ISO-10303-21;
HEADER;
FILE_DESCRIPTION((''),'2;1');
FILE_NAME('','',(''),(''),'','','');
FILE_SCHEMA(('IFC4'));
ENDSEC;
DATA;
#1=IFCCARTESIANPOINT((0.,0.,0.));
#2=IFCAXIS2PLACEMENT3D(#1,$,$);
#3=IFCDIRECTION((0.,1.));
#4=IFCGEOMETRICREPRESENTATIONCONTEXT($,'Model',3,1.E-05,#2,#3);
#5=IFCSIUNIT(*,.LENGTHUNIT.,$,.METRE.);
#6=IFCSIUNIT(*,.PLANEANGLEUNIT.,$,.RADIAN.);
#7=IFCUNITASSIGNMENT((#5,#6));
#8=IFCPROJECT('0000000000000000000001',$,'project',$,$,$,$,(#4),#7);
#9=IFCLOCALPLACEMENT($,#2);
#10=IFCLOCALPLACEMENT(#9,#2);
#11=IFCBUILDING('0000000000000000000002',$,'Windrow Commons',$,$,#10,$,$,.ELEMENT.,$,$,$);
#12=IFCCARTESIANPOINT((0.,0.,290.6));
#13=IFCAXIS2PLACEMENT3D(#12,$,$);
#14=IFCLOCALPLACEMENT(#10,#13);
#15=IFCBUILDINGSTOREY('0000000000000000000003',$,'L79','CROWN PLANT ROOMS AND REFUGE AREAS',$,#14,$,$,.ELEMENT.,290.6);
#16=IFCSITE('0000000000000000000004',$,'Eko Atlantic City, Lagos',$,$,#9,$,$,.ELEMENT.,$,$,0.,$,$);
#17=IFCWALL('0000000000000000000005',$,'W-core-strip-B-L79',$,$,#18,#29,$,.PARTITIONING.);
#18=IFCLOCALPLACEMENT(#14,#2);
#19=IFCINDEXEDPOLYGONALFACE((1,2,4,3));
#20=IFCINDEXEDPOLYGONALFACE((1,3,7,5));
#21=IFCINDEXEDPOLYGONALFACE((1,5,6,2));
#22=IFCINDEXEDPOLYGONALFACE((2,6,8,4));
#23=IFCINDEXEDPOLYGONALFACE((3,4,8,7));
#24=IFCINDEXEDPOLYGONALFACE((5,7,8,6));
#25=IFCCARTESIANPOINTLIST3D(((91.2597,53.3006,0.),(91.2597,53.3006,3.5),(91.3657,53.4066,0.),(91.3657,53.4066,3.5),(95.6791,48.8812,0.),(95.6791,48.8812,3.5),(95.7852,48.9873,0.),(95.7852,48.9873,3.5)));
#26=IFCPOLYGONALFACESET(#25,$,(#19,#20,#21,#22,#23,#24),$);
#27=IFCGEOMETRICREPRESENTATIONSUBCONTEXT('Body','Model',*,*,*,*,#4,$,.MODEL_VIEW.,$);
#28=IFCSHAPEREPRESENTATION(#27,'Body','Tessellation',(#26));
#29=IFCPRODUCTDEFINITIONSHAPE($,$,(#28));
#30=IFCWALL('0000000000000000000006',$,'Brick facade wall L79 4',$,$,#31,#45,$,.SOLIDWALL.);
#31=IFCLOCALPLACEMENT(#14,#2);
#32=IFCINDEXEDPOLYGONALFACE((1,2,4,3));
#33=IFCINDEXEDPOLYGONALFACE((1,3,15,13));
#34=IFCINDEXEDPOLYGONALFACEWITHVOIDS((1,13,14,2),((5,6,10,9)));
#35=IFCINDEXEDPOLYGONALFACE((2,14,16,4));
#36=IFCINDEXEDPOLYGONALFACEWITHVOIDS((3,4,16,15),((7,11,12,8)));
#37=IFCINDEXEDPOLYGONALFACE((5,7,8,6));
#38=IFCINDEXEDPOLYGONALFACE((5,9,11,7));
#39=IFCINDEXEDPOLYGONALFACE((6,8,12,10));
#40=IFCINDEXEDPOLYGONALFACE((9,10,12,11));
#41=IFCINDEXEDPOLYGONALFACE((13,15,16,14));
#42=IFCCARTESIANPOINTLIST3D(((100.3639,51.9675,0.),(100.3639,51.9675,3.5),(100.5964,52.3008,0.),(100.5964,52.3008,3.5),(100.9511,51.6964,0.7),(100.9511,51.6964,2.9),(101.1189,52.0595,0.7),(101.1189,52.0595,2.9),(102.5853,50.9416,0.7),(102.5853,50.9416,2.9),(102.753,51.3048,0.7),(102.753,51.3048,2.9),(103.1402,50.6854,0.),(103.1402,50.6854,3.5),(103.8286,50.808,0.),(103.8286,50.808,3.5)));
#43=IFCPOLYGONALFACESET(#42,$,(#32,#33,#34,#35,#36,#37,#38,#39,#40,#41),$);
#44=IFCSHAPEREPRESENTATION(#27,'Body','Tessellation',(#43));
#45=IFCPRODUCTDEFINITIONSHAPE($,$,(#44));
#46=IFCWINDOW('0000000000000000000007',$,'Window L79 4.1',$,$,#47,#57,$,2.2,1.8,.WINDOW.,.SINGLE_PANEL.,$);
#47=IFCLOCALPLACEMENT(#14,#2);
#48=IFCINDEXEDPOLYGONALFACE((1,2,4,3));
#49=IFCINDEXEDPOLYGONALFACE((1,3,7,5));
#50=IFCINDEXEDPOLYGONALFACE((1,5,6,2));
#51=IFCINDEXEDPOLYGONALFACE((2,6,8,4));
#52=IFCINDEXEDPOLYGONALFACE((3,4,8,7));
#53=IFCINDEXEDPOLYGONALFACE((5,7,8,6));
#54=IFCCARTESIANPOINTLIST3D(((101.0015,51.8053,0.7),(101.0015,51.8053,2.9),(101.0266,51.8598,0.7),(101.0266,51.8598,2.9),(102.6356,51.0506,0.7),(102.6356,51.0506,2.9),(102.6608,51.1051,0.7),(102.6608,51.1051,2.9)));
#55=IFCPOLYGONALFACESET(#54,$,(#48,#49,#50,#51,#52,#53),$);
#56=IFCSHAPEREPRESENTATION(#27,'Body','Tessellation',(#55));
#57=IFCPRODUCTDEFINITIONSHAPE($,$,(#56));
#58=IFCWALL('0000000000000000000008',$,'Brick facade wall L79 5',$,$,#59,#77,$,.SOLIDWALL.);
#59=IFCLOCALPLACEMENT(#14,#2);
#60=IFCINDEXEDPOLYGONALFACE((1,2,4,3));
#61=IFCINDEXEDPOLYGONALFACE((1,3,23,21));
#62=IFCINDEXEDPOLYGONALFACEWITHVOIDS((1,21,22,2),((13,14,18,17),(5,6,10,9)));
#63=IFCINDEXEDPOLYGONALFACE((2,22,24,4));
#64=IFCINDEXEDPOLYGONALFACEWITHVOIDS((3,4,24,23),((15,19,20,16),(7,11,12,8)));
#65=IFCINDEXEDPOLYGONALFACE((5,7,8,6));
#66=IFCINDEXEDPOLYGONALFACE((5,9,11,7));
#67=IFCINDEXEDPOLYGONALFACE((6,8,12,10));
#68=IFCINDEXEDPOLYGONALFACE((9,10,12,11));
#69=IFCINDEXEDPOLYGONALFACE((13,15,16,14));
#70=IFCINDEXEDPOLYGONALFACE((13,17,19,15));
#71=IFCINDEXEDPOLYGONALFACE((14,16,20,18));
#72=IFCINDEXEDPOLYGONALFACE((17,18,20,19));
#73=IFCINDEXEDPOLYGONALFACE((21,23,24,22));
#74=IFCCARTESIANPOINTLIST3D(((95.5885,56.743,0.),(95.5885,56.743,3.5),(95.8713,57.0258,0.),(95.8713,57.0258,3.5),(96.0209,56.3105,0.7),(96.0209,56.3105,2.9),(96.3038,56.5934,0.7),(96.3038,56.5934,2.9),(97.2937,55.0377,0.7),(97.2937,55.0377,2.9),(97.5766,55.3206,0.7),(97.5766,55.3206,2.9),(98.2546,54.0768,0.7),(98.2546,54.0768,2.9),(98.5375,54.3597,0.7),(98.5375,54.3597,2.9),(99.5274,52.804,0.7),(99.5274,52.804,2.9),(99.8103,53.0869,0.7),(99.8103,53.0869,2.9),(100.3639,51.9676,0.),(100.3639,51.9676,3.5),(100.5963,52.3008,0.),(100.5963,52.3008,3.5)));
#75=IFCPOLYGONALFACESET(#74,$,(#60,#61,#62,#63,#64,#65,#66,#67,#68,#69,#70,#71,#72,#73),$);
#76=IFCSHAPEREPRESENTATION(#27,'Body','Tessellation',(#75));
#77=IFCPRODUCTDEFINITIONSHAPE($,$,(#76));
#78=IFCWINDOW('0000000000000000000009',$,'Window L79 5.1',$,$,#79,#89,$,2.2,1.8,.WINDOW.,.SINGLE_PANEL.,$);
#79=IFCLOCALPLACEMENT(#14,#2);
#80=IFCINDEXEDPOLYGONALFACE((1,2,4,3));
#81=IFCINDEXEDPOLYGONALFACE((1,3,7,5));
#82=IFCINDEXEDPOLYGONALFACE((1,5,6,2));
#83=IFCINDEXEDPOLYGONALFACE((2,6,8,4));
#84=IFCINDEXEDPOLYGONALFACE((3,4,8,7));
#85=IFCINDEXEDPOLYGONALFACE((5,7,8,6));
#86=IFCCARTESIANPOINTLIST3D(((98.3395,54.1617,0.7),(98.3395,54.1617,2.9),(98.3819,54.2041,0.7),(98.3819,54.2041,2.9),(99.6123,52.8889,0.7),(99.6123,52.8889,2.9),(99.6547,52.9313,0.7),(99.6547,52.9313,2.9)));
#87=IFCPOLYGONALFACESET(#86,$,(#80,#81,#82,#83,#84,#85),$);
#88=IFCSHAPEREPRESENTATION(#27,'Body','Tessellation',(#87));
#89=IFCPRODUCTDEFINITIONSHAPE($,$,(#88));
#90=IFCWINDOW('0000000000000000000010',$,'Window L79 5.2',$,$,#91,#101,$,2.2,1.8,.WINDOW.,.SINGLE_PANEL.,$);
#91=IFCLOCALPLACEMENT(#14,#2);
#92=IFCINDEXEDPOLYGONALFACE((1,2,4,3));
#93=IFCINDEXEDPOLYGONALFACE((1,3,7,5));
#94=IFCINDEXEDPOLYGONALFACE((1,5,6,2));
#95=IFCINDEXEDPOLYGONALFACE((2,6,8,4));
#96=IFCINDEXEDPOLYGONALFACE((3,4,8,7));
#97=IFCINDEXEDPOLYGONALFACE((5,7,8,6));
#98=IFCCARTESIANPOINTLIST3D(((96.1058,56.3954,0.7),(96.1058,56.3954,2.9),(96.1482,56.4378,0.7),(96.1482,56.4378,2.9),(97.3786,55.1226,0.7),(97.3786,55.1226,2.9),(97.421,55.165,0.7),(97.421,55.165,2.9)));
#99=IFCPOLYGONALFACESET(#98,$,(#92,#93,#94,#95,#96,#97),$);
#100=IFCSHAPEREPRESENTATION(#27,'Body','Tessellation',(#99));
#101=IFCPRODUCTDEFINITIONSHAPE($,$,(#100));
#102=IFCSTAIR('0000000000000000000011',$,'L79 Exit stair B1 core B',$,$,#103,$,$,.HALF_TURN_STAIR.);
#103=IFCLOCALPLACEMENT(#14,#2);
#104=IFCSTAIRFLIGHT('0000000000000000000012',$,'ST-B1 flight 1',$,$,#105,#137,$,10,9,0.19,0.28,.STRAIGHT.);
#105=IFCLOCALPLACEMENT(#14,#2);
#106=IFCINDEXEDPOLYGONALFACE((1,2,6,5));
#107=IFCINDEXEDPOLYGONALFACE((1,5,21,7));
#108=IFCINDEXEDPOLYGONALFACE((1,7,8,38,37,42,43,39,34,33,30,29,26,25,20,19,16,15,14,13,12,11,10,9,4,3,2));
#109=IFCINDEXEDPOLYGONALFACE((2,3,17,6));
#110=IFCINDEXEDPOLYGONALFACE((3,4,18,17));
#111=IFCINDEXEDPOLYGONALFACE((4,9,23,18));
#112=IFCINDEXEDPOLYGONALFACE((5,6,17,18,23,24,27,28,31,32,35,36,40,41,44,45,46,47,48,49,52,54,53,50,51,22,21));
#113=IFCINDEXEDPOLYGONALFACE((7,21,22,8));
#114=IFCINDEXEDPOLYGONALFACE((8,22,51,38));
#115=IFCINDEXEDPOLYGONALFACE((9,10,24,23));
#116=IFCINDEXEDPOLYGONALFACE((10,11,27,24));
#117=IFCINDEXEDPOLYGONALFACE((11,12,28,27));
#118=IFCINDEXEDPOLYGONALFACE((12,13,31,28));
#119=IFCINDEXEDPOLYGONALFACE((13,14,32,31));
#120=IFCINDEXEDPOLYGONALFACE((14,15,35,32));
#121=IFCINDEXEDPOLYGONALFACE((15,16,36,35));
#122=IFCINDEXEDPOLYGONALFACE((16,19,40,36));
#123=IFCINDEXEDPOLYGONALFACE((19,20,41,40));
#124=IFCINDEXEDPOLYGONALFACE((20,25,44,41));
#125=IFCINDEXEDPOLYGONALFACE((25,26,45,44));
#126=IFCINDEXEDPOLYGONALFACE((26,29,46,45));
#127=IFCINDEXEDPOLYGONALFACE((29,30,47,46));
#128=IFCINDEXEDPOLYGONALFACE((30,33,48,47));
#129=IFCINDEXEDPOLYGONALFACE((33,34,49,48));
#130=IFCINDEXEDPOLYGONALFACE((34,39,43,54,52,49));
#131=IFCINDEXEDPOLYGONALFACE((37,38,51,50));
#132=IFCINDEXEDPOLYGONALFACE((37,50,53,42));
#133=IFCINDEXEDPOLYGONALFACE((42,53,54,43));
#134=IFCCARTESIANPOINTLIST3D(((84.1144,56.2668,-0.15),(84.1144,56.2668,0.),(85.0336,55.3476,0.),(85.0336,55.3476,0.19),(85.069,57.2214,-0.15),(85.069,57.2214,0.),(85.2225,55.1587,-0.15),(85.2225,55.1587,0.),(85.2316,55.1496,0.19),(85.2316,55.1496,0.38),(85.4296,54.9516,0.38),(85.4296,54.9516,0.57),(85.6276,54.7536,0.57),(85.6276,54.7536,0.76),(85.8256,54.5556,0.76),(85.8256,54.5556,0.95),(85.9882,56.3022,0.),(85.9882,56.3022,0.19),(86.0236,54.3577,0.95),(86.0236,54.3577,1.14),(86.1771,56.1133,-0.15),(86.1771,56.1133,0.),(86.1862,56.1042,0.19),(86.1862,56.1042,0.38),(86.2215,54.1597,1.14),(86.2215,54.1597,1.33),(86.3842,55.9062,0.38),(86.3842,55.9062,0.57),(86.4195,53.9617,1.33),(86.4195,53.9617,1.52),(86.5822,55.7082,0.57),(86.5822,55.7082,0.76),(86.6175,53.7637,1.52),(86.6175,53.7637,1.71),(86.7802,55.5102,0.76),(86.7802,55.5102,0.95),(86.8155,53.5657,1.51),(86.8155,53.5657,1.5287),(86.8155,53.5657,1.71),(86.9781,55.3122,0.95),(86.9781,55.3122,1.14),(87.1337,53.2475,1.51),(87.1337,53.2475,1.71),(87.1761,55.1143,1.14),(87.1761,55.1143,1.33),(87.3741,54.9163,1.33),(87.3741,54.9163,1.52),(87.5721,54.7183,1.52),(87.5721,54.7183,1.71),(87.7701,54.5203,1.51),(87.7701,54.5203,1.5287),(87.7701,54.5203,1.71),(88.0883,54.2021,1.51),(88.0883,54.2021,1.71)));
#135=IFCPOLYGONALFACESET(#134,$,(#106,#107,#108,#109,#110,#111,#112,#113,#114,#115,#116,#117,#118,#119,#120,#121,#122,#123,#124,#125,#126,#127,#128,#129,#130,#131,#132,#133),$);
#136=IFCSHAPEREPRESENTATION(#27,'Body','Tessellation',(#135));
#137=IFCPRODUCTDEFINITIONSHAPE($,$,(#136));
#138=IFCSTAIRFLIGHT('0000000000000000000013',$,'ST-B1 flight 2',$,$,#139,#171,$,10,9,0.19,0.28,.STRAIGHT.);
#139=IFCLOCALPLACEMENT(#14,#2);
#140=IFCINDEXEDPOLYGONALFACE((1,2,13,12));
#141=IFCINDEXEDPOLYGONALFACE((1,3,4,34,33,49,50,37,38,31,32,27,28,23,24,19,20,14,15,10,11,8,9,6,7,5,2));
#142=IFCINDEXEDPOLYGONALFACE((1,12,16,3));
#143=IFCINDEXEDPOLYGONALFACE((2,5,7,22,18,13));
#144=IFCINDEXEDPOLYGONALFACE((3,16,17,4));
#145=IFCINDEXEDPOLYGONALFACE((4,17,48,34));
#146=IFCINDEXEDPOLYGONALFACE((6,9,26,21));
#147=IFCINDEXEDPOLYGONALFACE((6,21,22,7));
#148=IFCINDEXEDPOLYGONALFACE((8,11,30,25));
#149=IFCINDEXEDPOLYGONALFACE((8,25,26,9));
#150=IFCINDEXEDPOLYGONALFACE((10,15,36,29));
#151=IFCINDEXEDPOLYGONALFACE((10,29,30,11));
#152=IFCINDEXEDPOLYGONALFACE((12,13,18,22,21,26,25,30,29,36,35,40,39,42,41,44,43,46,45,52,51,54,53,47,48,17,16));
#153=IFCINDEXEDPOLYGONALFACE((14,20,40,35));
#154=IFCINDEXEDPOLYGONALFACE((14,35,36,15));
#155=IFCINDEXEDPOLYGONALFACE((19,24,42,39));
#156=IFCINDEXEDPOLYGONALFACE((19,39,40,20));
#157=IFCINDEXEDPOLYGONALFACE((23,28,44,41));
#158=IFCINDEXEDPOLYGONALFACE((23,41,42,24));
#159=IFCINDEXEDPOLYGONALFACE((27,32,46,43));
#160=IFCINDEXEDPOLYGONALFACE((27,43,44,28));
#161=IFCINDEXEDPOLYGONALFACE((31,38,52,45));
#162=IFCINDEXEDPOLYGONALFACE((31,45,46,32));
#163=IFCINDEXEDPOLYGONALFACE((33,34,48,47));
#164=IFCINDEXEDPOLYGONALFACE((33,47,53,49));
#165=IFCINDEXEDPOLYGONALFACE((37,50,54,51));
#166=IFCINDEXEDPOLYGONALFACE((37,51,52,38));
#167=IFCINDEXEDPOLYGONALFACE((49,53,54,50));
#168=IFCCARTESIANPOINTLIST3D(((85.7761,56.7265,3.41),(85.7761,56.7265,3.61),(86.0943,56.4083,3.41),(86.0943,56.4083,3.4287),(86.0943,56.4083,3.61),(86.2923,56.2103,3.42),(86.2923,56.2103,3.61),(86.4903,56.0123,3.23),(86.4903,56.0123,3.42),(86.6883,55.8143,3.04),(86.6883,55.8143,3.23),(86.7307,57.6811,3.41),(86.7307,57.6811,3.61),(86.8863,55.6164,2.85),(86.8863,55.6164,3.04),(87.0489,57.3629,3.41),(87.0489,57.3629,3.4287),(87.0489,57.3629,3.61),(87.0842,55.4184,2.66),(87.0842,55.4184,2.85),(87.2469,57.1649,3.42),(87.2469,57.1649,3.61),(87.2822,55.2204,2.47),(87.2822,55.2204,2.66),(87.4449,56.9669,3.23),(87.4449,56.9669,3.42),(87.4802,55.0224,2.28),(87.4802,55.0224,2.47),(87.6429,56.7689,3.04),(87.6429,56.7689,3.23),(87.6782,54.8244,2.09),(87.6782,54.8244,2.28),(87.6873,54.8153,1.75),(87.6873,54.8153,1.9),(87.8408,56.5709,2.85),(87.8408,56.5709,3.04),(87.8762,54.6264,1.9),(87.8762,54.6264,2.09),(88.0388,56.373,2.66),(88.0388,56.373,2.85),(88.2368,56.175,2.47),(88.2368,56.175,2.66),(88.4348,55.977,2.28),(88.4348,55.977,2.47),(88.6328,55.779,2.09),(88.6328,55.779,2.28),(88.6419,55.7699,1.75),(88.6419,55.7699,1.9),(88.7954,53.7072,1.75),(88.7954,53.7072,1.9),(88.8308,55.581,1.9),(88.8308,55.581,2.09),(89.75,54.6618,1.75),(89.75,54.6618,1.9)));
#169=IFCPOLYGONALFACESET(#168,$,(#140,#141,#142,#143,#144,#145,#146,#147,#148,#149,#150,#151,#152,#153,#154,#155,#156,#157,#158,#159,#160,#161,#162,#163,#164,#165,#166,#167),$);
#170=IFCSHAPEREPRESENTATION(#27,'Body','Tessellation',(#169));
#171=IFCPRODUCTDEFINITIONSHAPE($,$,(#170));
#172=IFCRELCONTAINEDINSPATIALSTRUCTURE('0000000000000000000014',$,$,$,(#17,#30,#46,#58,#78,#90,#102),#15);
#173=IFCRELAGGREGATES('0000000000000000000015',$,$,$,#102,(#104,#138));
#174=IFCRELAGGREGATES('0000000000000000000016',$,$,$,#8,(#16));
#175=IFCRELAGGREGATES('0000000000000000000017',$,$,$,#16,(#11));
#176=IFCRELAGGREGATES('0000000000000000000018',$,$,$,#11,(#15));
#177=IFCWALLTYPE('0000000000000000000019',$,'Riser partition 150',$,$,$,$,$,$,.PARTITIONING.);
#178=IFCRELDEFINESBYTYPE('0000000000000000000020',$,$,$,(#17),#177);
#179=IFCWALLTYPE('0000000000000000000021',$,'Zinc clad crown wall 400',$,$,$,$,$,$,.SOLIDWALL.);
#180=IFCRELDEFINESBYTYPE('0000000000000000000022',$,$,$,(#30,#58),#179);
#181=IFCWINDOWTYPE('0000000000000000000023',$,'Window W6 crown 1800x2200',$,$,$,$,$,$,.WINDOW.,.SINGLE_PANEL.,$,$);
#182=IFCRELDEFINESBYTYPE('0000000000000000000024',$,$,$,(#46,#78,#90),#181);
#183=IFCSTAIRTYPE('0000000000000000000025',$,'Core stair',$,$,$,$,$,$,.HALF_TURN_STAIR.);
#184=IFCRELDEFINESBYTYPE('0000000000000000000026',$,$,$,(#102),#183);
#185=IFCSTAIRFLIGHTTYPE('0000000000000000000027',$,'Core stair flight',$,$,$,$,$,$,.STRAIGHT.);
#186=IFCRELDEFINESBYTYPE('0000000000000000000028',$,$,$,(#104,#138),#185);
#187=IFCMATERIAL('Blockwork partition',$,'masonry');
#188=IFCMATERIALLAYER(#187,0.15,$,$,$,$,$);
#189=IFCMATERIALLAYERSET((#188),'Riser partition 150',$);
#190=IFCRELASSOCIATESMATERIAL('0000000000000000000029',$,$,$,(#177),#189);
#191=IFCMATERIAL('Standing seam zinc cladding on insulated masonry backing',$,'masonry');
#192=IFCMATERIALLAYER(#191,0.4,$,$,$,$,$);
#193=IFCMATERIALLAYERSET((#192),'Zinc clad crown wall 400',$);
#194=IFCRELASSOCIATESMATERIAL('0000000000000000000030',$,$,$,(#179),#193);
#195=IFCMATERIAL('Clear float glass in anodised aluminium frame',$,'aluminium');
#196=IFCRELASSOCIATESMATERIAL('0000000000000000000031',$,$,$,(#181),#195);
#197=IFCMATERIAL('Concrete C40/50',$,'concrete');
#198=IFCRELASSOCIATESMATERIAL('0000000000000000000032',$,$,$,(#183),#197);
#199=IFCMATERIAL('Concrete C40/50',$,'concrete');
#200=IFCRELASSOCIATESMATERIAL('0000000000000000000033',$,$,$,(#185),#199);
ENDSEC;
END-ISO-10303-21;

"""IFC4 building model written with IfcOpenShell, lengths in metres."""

from ifc_helpers import new_model, si_unit, direction, frame, frame_2d, origin, place, context, subcontext, project, spatial, polyline, rectangle, outline, extrude, material, layer, layer_set, type_object, element, fill, aggregate, save


model = new_model("IFC4")

# Units and contexts
model_context = context("Model", 3, precision=1e-05, world=origin(), true_north=direction((0.0, 1.0)))
body_context = subcontext(model_context, "Body", "Model", "MODEL_VIEW")
ifc_project = project(units=[si_unit("LENGTHUNIT", "METRE"), si_unit("PLANEANGLEUNIT", "RADIAN")], contexts=[model_context])

# Site, building, storey
site_placement = place(None, origin())
site = spatial("IfcSite", under=ifc_project, at=site_placement, Name="Eko Atlantic City, Lagos", CompositionType="ELEMENT", RefElevation=0.0)
building_placement = place(site_placement, origin())
building = spatial("IfcBuilding", under=site, at=building_placement, Name="Windrow Commons", CompositionType="ELEMENT")
storey_placement = place(building_placement, frame((0.0, 0.0, 290.6)))
storey = spatial("IfcBuildingStorey", under=building, at=storey_placement, Name="L79", Description="CROWN PLANT ROOMS AND REFUGE AREAS", CompositionType="ELEMENT", Elevation=290.6)

# Wall
ifc_material_1 = material(Name="Blockwork partition", Category="masonry")
ifc_layer_1 = layer(ifc_material_1, 0.15)
ifc_layer_set_1 = layer_set([ifc_layer_1], Name="Riser partition 150")
wall_type_1 = type_object("IfcWallType", Name="Riser partition 150", PredefinedType="PARTITIONING", material=ifc_layer_set_1)
wall_1_placement = place(storey_placement, frame((91.3127, 53.3536, 0.0), z_axis=(0.0, 0.0, 1.0), x_axis=(0.707115, -0.707099, 0.0)))
element("IfcWall", 1, at=wall_1_placement, inside=storey, type_object=wall_type_1, Name="W-core-strip-B-L79", PredefinedType="PARTITIONING", context=body_context, shape_type="SweptSolid", body=[
    extrude(rectangle(XDim=6.25, YDim=0.15, at=frame_2d((3.125, 0.0))), origin(), (0.0, 0.0, 1.0), 3.5),
])

# Wall, opening, window
ifc_material_2 = material(Name="Standing seam zinc cladding on insulated masonry backing", Category="masonry")
ifc_layer_2 = layer(ifc_material_2, 0.4)
ifc_layer_set_2 = layer_set([ifc_layer_2], Name="Zinc clad crown wall 400")
wall_type_2 = type_object("IfcWallType", Name="Zinc clad crown wall 400", PredefinedType="SOLIDWALL", material=ifc_layer_set_2)
wall_2_placement = place(storey_placement, frame((103.4844, 50.7467, 0.0), z_axis=(0.0, 0.0, 1.0), x_axis=(-0.907856, 0.419282, 0.0)))
wall_2 = element("IfcWall", 2, at=wall_2_placement, inside=storey, type_object=wall_type_2, Name="Brick facade wall L79 4", PredefinedType="SOLIDWALL", context=body_context, shape_type="SweptSolid", body=[
    extrude(outline(polyline([(-0.2868, -0.2), (3.2735, -0.2), (3.3448, 0.2), (0.2868, 0.2), (-0.2868, -0.2)])), origin(), (0.0, 0.0, 1.0), 3.5),
])
opening_1_placement = place(wall_2_placement, frame((0.898, 0.0, 0.7)))
opening_1 = element("IfcOpeningElement", 3, at=opening_1_placement, cuts=wall_2, PredefinedType="OPENING", context=body_context, shape_type="SweptSolid", body=[
    extrude(rectangle(XDim=1.8, YDim=2.2, at=frame_2d((0.9, 1.1))), frame((0.0, 0.21, 0.0), z_axis=(0.0, -1.0, 0.0), x_axis=(1.0, 0.0, 0.0)), (0.0, 0.0, 1.0), 0.42),
])
ifc_material_3 = material(Name="Clear float glass in anodised aluminium frame", Category="aluminium")
window_type = type_object("IfcWindowType", Name="Window W6 crown 1800x2200", PartitioningType="SINGLE_PANEL", PredefinedType="WINDOW", material=ifc_material_3)
window_1_placement = place(opening_1_placement, origin())
window_1 = element("IfcWindow", 4, at=window_1_placement, inside=storey, type_object=window_type, Name="Window L79 4.1", OverallHeight=2.2, OverallWidth=1.8, PartitioningType="SINGLE_PANEL", PredefinedType="WINDOW", context=body_context, shape_type="SweptSolid", body=[
    extrude(rectangle(XDim=1.8, YDim=2.2, at=frame_2d((0.9, 1.1))), frame((0.0, 0.08, 0.0), z_axis=(0.0, -1.0, 0.0), x_axis=(1.0, 0.0, 0.0)), (0.0, 0.0, 1.0), 0.06),
])
fill(opening_1, window_1)

# Wall, openings, windows
wall_3_placement = place(storey_placement, frame((100.4801, 52.1342, 0.0), z_axis=(0.0, 0.0, 1.0), x_axis=(-0.707107, 0.707107, 0.0)))
wall_3 = element("IfcWall", 5, at=wall_3_placement, inside=storey, type_object=wall_type_2, Name="Brick facade wall L79 5", PredefinedType="SOLIDWALL", context=body_context, shape_type="SweptSolid", body=[
    extrude(outline(polyline([(0.0356, -0.2), (6.7178, -0.2), (6.7178, 0.2), (-0.0356, 0.2), (0.0356, -0.2)])), origin(), (0.0, 0.0, 1.0), 3.5),
])
opening_2_placement = place(wall_3_placement, frame((1.1473, 0.0, 0.7)))
opening_2 = element("IfcOpeningElement", 6, at=opening_2_placement, cuts=wall_3, PredefinedType="OPENING", context=body_context, shape_type="SweptSolid", body=[
    extrude(rectangle(XDim=1.8, YDim=2.2, at=frame_2d((0.9, 1.1))), frame((0.0, 0.21, 0.0), z_axis=(0.0, -1.0, 0.0), x_axis=(1.0, 0.0, 0.0)), (0.0, 0.0, 1.0), 0.42),
])
opening_3_placement = place(wall_3_placement, frame((4.3062, 0.0, 0.7)))
opening_3 = element("IfcOpeningElement", 7, at=opening_3_placement, cuts=wall_3, PredefinedType="OPENING", context=body_context, shape_type="SweptSolid", body=[
    extrude(rectangle(XDim=1.8, YDim=2.2, at=frame_2d((0.9, 1.1))), frame((0.0, 0.21, 0.0), z_axis=(0.0, -1.0, 0.0), x_axis=(1.0, 0.0, 0.0)), (0.0, 0.0, 1.0), 0.42),
])
window_2_placement = place(opening_2_placement, origin())
window_2 = element("IfcWindow", 8, at=window_2_placement, inside=storey, type_object=window_type, Name="Window L79 5.1", OverallHeight=2.2, OverallWidth=1.8, PartitioningType="SINGLE_PANEL", PredefinedType="WINDOW", context=body_context, shape_type="SweptSolid", body=[
    extrude(rectangle(XDim=1.8, YDim=2.2, at=frame_2d((0.9, 1.1))), frame((0.0, 0.08, 0.0), z_axis=(0.0, -1.0, 0.0), x_axis=(1.0, 0.0, 0.0)), (0.0, 0.0, 1.0), 0.06),
])
fill(opening_2, window_2)
window_3_placement = place(opening_3_placement, origin())
window_3 = element("IfcWindow", 9, at=window_3_placement, inside=storey, type_object=window_type, Name="Window L79 5.2", OverallHeight=2.2, OverallWidth=1.8, PartitioningType="SINGLE_PANEL", PredefinedType="WINDOW", context=body_context, shape_type="SweptSolid", body=[
    extrude(rectangle(XDim=1.8, YDim=2.2, at=frame_2d((0.9, 1.1))), frame((0.0, 0.08, 0.0), z_axis=(0.0, -1.0, 0.0), x_axis=(1.0, 0.0, 0.0)), (0.0, 0.0, 1.0), 0.06),
])
fill(opening_3, window_3)

# Stair, stair flights
ifc_material_4 = material(Name="Concrete C40/50", Category="concrete")
stair_type = type_object("IfcStairType", Name="Core stair", PredefinedType="HALF_TURN_STAIR", material=ifc_material_4)
stair_placement = place(storey_placement, origin())
stair = element("IfcStair", 10, at=stair_placement, inside=storey, type_object=stair_type, Name="L79 Exit stair B1 core B", PredefinedType="HALF_TURN_STAIR")
ifc_material_5 = material(Name="Concrete C40/50", Category="concrete")
stair_flight_type = type_object("IfcStairFlightType", Name="Core stair flight", PredefinedType="STRAIGHT", material=ifc_material_5)
stair_flight_1_placement = place(storey_placement, frame((85.5109, 55.8249, 0.0), z_axis=(0.0, 0.0, 1.0), x_axis=(0.707107, -0.707107, 0.0)))
stair_flight_1 = element("IfcStairFlight", 11, at=stair_flight_1_placement, type_object=stair_flight_type, Name="ST-B1 flight 1", NumberOfRisers=10, NumberOfTreads=9, PredefinedType="STRAIGHT", RiserHeight=0.19, TreadLength=0.28, context=body_context, shape_type="SweptSolid", body=[
    extrude(outline(polyline([(-1.3, -0.15), (-1.3, 0.0), (0.0, 0.0), (0.0, 0.19), (0.28, 0.19), (0.28, 0.38), (0.56, 0.38), (0.56, 0.57), (0.84, 0.57), (0.84, 0.76), (1.12, 0.76), (1.12, 0.95), (1.4, 0.95), (1.4, 1.14), (1.68, 1.14), (1.68, 1.33), (1.96, 1.33), (1.96, 1.52), (2.24, 1.52), (2.24, 1.71), (2.52, 1.71), (2.97, 1.71), (2.97, 1.51), (2.52, 1.51), (2.52, 1.5287), (0.2671, 0.0), (0.2671, -0.15), (-1.3, -0.15)])), frame((0.0, 0.675, 0.0), z_axis=(0.0, -1.0, 0.0), x_axis=(1.0, 0.0, 0.0)), (0.0, 0.0, 1.0), 1.35),
])
stair_flight_2_placement = place(storey_placement, frame((88.3535, 55.1037, 1.9), z_axis=(0.0, 0.0, 1.0), x_axis=(-0.707107, 0.707107, 0.0)))
stair_flight_2 = element("IfcStairFlight", 12, at=stair_flight_2_placement, type_object=stair_flight_type, Name="ST-B1 flight 2", NumberOfRisers=10, NumberOfTreads=9, PredefinedType="STRAIGHT", RiserHeight=0.19, TreadLength=0.28, context=body_context, shape_type="SweptSolid", body=[
    extrude(outline(polyline([(-1.3, -0.15), (-1.3, 0.0), (0.0, 0.0), (0.0, 0.19), (0.28, 0.19), (0.28, 0.38), (0.56, 0.38), (0.56, 0.57), (0.84, 0.57), (0.84, 0.76), (1.12, 0.76), (1.12, 0.95), (1.4, 0.95), (1.4, 1.14), (1.68, 1.14), (1.68, 1.33), (1.96, 1.33), (1.96, 1.52), (2.24, 1.52), (2.24, 1.71), (2.52, 1.71), (2.97, 1.71), (2.97, 1.51), (2.52, 1.51), (2.52, 1.5287), (0.2671, 0.0), (0.2671, -0.15), (-1.3, -0.15)])), frame((0.0, 0.675, 0.0), z_axis=(0.0, -1.0, 0.0), x_axis=(1.0, 0.0, 0.0)), (0.0, 0.0, 1.0), 1.35),
])
aggregate(stair, [stair_flight_1, stair_flight_2])

save(model, "model.ifc")
